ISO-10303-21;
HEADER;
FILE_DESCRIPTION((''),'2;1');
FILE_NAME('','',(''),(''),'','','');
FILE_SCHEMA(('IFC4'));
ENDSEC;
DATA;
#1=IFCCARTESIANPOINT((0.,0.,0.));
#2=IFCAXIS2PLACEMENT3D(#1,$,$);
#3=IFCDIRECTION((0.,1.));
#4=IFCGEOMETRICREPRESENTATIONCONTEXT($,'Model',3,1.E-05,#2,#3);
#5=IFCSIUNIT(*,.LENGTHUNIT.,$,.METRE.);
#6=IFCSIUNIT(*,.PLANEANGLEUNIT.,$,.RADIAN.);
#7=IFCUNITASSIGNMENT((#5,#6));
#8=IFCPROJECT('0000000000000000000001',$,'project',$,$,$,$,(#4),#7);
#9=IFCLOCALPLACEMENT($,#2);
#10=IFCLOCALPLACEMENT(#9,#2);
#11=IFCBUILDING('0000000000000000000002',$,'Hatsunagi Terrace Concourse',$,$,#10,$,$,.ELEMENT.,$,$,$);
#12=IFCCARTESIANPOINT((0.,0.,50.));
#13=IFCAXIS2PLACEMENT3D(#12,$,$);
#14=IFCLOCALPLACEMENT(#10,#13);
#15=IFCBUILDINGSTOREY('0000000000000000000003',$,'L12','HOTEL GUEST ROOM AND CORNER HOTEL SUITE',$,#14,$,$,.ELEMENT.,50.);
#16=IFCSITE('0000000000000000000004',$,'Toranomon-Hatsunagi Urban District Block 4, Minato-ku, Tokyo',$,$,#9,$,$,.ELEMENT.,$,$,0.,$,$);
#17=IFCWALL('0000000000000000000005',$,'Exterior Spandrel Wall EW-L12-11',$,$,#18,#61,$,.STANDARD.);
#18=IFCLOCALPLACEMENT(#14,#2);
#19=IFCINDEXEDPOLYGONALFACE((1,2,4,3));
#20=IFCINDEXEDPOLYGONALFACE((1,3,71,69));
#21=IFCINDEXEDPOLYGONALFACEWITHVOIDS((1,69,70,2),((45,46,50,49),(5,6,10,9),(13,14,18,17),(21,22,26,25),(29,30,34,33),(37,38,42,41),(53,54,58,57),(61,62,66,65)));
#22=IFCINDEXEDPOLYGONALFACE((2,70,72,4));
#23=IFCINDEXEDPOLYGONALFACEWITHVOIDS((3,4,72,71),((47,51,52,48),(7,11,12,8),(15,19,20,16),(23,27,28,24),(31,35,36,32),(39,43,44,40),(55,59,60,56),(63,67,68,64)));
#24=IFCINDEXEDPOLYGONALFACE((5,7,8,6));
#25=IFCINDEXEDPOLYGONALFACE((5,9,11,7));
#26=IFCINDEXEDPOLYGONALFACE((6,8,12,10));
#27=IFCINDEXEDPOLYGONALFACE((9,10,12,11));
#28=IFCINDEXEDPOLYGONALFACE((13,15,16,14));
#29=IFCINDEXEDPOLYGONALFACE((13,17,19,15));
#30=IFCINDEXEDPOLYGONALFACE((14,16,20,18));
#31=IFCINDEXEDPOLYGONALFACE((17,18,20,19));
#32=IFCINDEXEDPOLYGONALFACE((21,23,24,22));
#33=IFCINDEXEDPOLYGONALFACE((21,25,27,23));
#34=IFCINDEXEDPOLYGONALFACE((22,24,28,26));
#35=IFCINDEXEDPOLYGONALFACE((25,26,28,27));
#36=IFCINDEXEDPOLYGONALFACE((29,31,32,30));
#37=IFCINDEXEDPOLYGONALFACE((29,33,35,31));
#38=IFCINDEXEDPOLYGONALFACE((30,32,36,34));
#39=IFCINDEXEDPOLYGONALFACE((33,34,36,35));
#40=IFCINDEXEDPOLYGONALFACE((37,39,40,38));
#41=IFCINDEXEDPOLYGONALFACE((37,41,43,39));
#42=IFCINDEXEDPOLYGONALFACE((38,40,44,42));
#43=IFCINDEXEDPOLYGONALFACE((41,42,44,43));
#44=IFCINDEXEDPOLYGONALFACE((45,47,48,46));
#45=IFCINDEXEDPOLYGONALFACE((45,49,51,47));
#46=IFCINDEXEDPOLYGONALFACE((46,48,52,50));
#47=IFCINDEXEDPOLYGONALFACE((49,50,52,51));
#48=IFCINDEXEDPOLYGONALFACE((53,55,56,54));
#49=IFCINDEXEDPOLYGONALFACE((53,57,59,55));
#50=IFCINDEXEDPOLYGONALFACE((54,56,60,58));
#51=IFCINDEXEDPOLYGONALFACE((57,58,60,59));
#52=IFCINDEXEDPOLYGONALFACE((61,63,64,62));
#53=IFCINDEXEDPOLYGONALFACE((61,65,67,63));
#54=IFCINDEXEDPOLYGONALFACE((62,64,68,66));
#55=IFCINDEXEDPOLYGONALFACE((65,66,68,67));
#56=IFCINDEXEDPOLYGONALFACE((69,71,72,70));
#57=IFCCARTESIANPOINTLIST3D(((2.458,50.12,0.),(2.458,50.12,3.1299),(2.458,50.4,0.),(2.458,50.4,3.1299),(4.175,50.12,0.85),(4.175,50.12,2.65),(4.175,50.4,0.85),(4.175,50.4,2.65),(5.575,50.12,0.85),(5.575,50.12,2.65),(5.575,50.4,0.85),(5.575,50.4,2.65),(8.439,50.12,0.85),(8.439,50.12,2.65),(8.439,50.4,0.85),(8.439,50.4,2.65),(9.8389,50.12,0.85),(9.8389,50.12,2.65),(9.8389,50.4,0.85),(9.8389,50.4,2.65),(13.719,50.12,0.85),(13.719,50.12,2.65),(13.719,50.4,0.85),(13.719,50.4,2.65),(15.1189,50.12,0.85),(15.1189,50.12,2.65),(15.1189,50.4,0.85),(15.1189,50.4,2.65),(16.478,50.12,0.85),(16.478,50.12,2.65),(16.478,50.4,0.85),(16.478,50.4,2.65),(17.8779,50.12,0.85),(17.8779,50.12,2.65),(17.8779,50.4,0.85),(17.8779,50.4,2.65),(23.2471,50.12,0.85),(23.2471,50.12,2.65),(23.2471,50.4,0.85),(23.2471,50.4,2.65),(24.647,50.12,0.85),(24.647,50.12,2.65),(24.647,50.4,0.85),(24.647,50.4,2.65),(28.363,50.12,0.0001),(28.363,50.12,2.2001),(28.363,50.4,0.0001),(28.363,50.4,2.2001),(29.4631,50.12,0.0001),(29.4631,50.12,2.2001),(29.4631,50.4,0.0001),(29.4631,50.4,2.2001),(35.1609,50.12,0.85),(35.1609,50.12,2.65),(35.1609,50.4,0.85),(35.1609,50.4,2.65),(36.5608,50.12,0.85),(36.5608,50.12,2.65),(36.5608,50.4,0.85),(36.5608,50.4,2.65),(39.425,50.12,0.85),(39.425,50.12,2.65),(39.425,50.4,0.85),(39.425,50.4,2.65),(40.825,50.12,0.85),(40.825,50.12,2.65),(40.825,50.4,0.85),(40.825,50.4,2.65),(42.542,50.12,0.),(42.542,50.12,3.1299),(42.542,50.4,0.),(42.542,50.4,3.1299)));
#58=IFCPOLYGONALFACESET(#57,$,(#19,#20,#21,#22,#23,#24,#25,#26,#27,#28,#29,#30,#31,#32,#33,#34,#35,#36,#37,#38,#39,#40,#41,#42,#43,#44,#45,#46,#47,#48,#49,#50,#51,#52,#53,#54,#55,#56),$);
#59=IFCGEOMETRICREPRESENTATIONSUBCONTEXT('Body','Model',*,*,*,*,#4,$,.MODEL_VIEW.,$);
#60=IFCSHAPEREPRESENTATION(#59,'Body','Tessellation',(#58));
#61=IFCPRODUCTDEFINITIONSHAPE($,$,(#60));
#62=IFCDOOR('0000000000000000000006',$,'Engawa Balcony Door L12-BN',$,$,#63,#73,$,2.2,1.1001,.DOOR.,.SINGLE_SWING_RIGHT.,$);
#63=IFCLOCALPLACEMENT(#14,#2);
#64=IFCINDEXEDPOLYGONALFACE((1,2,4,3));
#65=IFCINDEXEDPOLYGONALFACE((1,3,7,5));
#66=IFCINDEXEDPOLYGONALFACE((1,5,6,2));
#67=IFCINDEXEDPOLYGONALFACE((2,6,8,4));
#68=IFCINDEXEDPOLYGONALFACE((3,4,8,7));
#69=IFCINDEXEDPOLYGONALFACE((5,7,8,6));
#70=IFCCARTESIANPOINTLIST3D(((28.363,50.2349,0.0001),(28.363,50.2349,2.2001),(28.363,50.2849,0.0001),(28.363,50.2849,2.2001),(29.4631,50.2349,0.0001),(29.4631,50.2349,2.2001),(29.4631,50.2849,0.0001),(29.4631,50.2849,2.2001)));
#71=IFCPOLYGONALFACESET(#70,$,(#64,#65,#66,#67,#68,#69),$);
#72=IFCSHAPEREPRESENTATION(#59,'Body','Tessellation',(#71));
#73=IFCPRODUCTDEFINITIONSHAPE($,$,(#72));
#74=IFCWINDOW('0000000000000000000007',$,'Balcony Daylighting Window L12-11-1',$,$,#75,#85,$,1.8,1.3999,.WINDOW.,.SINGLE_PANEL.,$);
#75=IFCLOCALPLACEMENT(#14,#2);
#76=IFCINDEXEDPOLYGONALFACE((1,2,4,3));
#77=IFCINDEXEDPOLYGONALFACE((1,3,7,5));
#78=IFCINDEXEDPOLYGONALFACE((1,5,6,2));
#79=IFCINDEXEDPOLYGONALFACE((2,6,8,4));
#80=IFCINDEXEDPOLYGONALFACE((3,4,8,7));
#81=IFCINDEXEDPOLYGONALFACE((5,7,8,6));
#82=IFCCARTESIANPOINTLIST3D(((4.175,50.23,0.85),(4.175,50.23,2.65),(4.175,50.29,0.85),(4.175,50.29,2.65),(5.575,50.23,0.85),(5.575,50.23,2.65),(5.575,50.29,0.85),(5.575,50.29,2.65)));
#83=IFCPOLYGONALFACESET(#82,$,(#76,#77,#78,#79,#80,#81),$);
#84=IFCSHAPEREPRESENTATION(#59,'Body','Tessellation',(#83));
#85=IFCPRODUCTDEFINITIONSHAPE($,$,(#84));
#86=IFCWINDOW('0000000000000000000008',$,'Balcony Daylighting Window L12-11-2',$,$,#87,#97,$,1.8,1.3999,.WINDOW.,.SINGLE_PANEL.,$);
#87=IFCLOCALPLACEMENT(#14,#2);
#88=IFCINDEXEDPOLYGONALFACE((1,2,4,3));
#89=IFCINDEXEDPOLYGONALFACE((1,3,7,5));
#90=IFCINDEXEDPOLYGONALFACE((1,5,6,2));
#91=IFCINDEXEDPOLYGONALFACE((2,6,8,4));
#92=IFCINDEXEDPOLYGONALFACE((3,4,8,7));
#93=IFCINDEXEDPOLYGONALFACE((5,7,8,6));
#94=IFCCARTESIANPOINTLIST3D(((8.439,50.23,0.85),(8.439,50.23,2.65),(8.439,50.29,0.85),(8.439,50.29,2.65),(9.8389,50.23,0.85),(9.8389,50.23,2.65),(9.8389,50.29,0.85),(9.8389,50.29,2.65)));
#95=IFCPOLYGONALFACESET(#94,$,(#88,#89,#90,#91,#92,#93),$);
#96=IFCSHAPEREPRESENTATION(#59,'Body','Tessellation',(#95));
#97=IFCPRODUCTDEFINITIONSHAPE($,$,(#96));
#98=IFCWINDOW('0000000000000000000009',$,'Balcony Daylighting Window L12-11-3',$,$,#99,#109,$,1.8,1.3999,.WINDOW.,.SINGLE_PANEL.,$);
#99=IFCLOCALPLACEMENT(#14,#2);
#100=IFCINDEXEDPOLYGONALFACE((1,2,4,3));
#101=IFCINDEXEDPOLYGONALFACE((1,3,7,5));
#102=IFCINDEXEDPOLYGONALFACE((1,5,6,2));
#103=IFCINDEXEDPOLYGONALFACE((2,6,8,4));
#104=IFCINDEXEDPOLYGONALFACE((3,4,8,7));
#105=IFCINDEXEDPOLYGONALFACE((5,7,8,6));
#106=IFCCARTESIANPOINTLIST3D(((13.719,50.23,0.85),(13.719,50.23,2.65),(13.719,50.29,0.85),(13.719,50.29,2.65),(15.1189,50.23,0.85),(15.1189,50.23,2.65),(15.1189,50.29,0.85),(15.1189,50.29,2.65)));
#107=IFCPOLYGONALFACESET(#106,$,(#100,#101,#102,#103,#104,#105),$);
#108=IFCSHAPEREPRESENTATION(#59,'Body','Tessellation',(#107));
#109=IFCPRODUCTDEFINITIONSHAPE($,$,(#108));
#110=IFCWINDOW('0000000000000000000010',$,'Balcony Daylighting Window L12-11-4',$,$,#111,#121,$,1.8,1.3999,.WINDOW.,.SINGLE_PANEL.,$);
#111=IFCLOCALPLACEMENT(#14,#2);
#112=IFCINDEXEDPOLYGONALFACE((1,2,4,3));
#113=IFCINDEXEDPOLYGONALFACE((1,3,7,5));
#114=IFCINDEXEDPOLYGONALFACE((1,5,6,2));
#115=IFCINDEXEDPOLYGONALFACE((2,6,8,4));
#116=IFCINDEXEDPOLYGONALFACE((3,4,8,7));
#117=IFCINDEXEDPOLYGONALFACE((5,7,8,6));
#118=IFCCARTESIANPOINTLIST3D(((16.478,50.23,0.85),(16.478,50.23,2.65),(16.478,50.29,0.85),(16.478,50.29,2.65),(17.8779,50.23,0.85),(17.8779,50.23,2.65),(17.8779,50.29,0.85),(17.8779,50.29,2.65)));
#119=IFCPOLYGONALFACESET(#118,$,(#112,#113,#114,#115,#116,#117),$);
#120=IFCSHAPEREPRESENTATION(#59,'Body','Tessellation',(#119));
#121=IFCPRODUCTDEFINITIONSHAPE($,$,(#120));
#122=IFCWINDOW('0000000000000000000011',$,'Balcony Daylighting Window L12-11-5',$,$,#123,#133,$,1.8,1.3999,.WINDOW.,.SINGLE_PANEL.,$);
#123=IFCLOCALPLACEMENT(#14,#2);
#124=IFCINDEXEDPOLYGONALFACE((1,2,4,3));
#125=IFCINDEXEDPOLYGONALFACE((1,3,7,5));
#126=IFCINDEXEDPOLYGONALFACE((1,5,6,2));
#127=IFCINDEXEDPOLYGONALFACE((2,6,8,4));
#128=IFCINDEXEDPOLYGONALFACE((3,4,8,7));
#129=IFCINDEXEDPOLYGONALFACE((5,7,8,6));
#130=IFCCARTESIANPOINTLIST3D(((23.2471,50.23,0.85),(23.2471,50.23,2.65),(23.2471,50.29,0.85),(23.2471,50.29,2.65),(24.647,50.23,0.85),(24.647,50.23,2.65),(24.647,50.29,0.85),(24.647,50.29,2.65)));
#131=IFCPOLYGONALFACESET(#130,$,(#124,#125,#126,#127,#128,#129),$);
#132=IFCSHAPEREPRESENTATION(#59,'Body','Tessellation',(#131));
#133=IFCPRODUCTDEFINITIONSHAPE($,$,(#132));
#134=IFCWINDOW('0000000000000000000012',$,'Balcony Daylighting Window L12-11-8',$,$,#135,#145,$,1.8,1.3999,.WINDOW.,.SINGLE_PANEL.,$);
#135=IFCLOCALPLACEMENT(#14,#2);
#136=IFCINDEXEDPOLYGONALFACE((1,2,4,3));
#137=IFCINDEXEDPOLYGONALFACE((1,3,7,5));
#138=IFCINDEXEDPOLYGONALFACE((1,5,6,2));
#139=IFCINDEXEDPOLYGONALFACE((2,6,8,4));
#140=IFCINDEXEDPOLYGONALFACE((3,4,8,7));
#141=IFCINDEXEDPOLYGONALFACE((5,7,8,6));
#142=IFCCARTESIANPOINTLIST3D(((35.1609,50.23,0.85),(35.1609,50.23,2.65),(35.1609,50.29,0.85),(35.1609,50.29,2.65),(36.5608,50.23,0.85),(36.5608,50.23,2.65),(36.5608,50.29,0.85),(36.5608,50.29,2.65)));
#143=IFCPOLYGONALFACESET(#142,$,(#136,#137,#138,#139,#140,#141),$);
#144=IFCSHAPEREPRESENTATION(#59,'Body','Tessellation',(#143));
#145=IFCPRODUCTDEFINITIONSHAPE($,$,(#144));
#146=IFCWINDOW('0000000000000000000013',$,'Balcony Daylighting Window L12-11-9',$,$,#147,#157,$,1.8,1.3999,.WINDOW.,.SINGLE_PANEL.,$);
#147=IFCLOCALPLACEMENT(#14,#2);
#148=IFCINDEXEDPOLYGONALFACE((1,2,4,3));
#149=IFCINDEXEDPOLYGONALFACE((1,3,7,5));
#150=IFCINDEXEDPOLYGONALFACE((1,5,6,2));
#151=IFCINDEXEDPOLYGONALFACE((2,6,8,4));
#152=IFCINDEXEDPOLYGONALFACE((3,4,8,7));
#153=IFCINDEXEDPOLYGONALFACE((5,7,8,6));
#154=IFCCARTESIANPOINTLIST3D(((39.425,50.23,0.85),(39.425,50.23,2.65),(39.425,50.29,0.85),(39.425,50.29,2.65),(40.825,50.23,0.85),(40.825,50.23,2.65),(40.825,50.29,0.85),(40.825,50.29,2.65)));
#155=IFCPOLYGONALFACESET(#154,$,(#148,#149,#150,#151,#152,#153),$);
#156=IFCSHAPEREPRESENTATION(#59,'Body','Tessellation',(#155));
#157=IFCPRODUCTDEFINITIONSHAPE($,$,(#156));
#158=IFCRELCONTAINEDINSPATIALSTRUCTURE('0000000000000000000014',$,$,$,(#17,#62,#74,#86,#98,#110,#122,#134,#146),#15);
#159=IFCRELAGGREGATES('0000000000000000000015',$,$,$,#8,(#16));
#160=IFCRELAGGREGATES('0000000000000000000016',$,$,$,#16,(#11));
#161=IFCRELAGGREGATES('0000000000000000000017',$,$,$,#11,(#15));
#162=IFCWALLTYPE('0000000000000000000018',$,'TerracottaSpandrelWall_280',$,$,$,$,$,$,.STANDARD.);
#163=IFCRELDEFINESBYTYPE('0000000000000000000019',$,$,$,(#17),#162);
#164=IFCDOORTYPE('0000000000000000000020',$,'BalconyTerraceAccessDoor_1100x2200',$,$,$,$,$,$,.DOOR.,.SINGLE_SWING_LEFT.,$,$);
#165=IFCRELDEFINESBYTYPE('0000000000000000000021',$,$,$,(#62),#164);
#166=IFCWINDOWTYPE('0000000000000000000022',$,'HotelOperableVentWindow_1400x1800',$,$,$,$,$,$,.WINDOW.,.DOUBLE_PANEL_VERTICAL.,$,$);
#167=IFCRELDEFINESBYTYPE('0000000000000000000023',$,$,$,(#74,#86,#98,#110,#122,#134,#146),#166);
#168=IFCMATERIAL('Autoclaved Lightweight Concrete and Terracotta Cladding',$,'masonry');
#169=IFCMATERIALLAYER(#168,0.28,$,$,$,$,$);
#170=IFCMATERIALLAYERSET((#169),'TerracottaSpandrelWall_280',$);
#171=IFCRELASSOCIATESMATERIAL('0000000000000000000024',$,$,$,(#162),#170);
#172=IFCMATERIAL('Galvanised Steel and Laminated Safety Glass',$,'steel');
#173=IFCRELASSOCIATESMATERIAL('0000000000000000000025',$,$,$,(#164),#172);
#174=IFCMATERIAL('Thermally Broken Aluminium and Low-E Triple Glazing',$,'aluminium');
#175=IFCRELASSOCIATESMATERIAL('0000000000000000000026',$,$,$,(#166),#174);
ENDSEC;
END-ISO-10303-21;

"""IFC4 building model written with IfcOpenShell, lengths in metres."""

from ifc_helpers import new_model, si_unit, direction, frame, frame_2d, origin, place, context, subcontext, project, spatial, rectangle, extrude, material, layer, layer_set, type_object, element, fill, save


model = new_model("IFC4")

# Units and contexts
model_context = context("Model", 3, precision=1e-05, world=origin(), true_north=direction((0.0, 1.0)))
body_context = subcontext(model_context, "Body", "Model", "MODEL_VIEW")
ifc_project = project(units=[si_unit("LENGTHUNIT", "METRE"), si_unit("PLANEANGLEUNIT", "RADIAN")], contexts=[model_context])

# Site, building, storey
site_placement = place(None, origin())
site = spatial("IfcSite", under=ifc_project, at=site_placement, Name="Toranomon-Hatsunagi Urban District Block 4, Minato-ku, Tokyo", CompositionType="ELEMENT", RefElevation=0.0)
building_placement = place(site_placement, origin())
building = spatial("IfcBuilding", under=site, at=building_placement, Name="Hatsunagi Terrace Concourse", CompositionType="ELEMENT")
storey_placement = place(building_placement, frame((0.0, 0.0, 50.0)))
storey = spatial("IfcBuildingStorey", under=building, at=storey_placement, Name="L12", Description="HOTEL GUEST ROOM AND CORNER HOTEL SUITE", CompositionType="ELEMENT", Elevation=50.0)

# Shared definitions
ifc_material_1 = material(Name="Autoclaved Lightweight Concrete and Terracotta Cladding", Category="masonry")
ifc_layer_1 = layer(ifc_material_1, 0.28)
ifc_layer_set_1 = layer_set([ifc_layer_1], Name="TerracottaSpandrelWall_280")
wall_type = type_object("IfcWallType", Name="TerracottaSpandrelWall_280", PredefinedType="STANDARD", material=ifc_layer_set_1)

# Wall, openings, door, windows
wall_1_placement = place(storey_placement, frame((2.458, 50.26, 0.0), z_axis=(0.0, 0.0, 1.0), x_axis=(1.0, 0.0, 0.0)))
wall_1 = element("IfcWall", 1, at=wall_1_placement, inside=storey, type_object=wall_type, Name="Exterior Spandrel Wall EW-L12-11", PredefinedType="STANDARD", context=body_context, shape_type="SweptSolid", body=[
    extrude(rectangle(XDim=40.084, YDim=0.28, at=frame_2d((20.042, 0.0))), origin(), (0.0, 0.0, 1.0), 3.1299),
])
opening_1_placement = place(wall_1_placement, frame((25.905, 0.0, 0.0)))
opening_1 = element("IfcOpeningElement", 2, at=opening_1_placement, cuts=wall_1, PredefinedType="OPENING", context=body_context, shape_type="SweptSolid", body=[
    extrude(rectangle(XDim=1.1001, YDim=2.2, at=frame_2d((0.55, 1.1001))), frame((0.0, 0.1499, 0.0), z_axis=(0.0, -1.0, 0.0), x_axis=(1.0, 0.0, 0.0)), (0.0, 0.0, 1.0), 0.3),
])
opening_2_placement = place(wall_1_placement, frame((1.717, 0.0, 0.8501)))
opening_2 = element("IfcOpeningElement", 3, at=opening_2_placement, cuts=wall_1, PredefinedType="OPENING", context=body_context, shape_type="SweptSolid", body=[
    extrude(rectangle(XDim=1.3999, YDim=1.8, at=frame_2d((0.7, 0.8999))), frame((0.0, 0.1499, 0.0), z_axis=(0.0, -1.0, 0.0), x_axis=(1.0, 0.0, 0.0)), (0.0, 0.0, 1.0), 0.3),
])
opening_3_placement = place(wall_1_placement, frame((5.981, 0.0, 0.8501)))
opening_3 = element("IfcOpeningElement", 4, at=opening_3_placement, cuts=wall_1, PredefinedType="OPENING", context=body_context, shape_type="SweptSolid", body=[
    extrude(rectangle(XDim=1.3999, YDim=1.8, at=frame_2d((0.7, 0.8999))), frame((0.0, 0.1499, 0.0), z_axis=(0.0, -1.0, 0.0), x_axis=(1.0, 0.0, 0.0)), (0.0, 0.0, 1.0), 0.3),
])
opening_4_placement = place(wall_1_placement, frame((11.261, 0.0, 0.8501)))
opening_4 = element("IfcOpeningElement", 5, at=opening_4_placement, cuts=wall_1, PredefinedType="OPENING", context=body_context, shape_type="SweptSolid", body=[
    extrude(rectangle(XDim=1.3999, YDim=1.8, at=frame_2d((0.7, 0.8999))), frame((0.0, 0.1499, 0.0), z_axis=(0.0, -1.0, 0.0), x_axis=(1.0, 0.0, 0.0)), (0.0, 0.0, 1.0), 0.3),
])
opening_5_placement = place(wall_1_placement, frame((14.02, 0.0, 0.8501)))
opening_5 = element("IfcOpeningElement", 6, at=opening_5_placement, cuts=wall_1, PredefinedType="OPENING", context=body_context, shape_type="SweptSolid", body=[
    extrude(rectangle(XDim=1.3999, YDim=1.8, at=frame_2d((0.7, 0.8999))), frame((0.0, 0.1499, 0.0), z_axis=(0.0, -1.0, 0.0), x_axis=(1.0, 0.0, 0.0)), (0.0, 0.0, 1.0), 0.3),
])
opening_6_placement = place(wall_1_placement, frame((20.7891, 0.0, 0.8501)))
opening_6 = element("IfcOpeningElement", 7, at=opening_6_placement, cuts=wall_1, PredefinedType="OPENING", context=body_context, shape_type="SweptSolid", body=[
    extrude(rectangle(XDim=1.3999, YDim=1.8, at=frame_2d((0.7, 0.8999))), frame((0.0, 0.1499, 0.0), z_axis=(0.0, -1.0, 0.0), x_axis=(1.0, 0.0, 0.0)), (0.0, 0.0, 1.0), 0.3),
])
opening_7_placement = place(wall_1_placement, frame((32.7029, 0.0, 0.8501)))
opening_7 = element("IfcOpeningElement", 8, at=opening_7_placement, cuts=wall_1, PredefinedType="OPENING", context=body_context, shape_type="SweptSolid", body=[
    extrude(rectangle(XDim=1.3999, YDim=1.8, at=frame_2d((0.7, 0.8999))), frame((0.0, 0.1499, 0.0), z_axis=(0.0, -1.0, 0.0), x_axis=(1.0, 0.0, 0.0)), (0.0, 0.0, 1.0), 0.3),
])
opening_8_placement = place(wall_1_placement, frame((36.967, 0.0, 0.8501)))
opening_8 = element("IfcOpeningElement", 9, at=opening_8_placement, cuts=wall_1, PredefinedType="OPENING", context=body_context, shape_type="SweptSolid", body=[
    extrude(rectangle(XDim=1.3999, YDim=1.8, at=frame_2d((0.7, 0.8999))), frame((0.0, 0.1499, 0.0), z_axis=(0.0, -1.0, 0.0), x_axis=(1.0, 0.0, 0.0)), (0.0, 0.0, 1.0), 0.3),
])
ifc_material_2 = material(Name="Galvanised Steel and Laminated Safety Glass", Category="steel")
door_type = type_object("IfcDoorType", Name="BalconyTerraceAccessDoor_1100x2200", OperationType="SINGLE_SWING_LEFT", PredefinedType="DOOR", material=ifc_material_2)
door_placement = place(opening_1_placement, origin())
door = element("IfcDoor", 10, at=door_placement, inside=storey, type_object=door_type, Name="Engawa Balcony Door L12-BN", OperationType="SINGLE_SWING_RIGHT", OverallHeight=2.2, OverallWidth=1.1001, PredefinedType="DOOR", context=body_context, shape_type="SweptSolid", body=[
    extrude(rectangle(XDim=1.1001, YDim=2.2, at=frame_2d((0.55, 1.1001))), frame((0.0, 0.0249, 0.0), z_axis=(0.0, -1.0, 0.0), x_axis=(1.0, 0.0, 0.0)), (0.0, 0.0, 1.0), 0.05),
])
fill(opening_1, door)
ifc_material_3 = material(Name="Thermally Broken Aluminium and Low-E Triple Glazing", Category="aluminium")
window_type = type_object("IfcWindowType", Name="HotelOperableVentWindow_1400x1800", PartitioningType="DOUBLE_PANEL_VERTICAL", PredefinedType="WINDOW", material=ifc_material_3)
window_1_placement = place(opening_2_placement, origin())
window_1 = element("IfcWindow", 11, at=window_1_placement, inside=storey, type_object=window_type, Name="Balcony Daylighting Window L12-11-1", OverallHeight=1.8, OverallWidth=1.3999, PartitioningType="SINGLE_PANEL", PredefinedType="WINDOW", context=body_context, shape_type="SweptSolid", body=[
    extrude(rectangle(XDim=1.3999, YDim=1.8, at=frame_2d((0.7, 0.8999))), frame((0.0, 0.03, 0.0), z_axis=(0.0, -1.0, 0.0), x_axis=(1.0, 0.0, 0.0)), (0.0, 0.0, 1.0), 0.0601),
])
fill(opening_2, window_1)
window_2_placement = place(opening_3_placement, origin())
window_2 = element("IfcWindow", 12, at=window_2_placement, inside=storey, type_object=window_type, Name="Balcony Daylighting Window L12-11-2", OverallHeight=1.8, OverallWidth=1.3999, PartitioningType="SINGLE_PANEL", PredefinedType="WINDOW", context=body_context, shape_type="SweptSolid", body=[
    extrude(rectangle(XDim=1.3999, YDim=1.8, at=frame_2d((0.7, 0.8999))), frame((0.0, 0.03, 0.0), z_axis=(0.0, -1.0, 0.0), x_axis=(1.0, 0.0, 0.0)), (0.0, 0.0, 1.0), 0.0601),
])
fill(opening_3, window_2)
window_3_placement = place(opening_4_placement, origin())
window_3 = element("IfcWindow", 13, at=window_3_placement, inside=storey, type_object=window_type, Name="Balcony Daylighting Window L12-11-3", OverallHeight=1.8, OverallWidth=1.3999, PartitioningType="SINGLE_PANEL", PredefinedType="WINDOW", context=body_context, shape_type="SweptSolid", body=[
    extrude(rectangle(XDim=1.3999, YDim=1.8, at=frame_2d((0.7, 0.8999))), frame((0.0, 0.03, 0.0), z_axis=(0.0, -1.0, 0.0), x_axis=(1.0, 0.0, 0.0)), (0.0, 0.0, 1.0), 0.0601),
])
fill(opening_4, window_3)
window_4_placement = place(opening_5_placement, origin())
window_4 = element("IfcWindow", 14, at=window_4_placement, inside=storey, type_object=window_type, Name="Balcony Daylighting Window L12-11-4", OverallHeight=1.8, OverallWidth=1.3999, PartitioningType="SINGLE_PANEL", PredefinedType="WINDOW", context=body_context, shape_type="SweptSolid", body=[
    extrude(rectangle(XDim=1.3999, YDim=1.8, at=frame_2d((0.7, 0.8999))), frame((0.0, 0.03, 0.0), z_axis=(0.0, -1.0, 0.0), x_axis=(1.0, 0.0, 0.0)), (0.0, 0.0, 1.0), 0.0601),
])
fill(opening_5, window_4)
window_5_placement = place(opening_6_placement, origin())
window_5 = element("IfcWindow", 15, at=window_5_placement, inside=storey, type_object=window_type, Name="Balcony Daylighting Window L12-11-5", OverallHeight=1.8, OverallWidth=1.3999, PartitioningType="SINGLE_PANEL", PredefinedType="WINDOW", context=body_context, shape_type="SweptSolid", body=[
    extrude(rectangle(XDim=1.3999, YDim=1.8, at=frame_2d((0.7, 0.8999))), frame((0.0, 0.03, 0.0), z_axis=(0.0, -1.0, 0.0), x_axis=(1.0, 0.0, 0.0)), (0.0, 0.0, 1.0), 0.0601),
])
fill(opening_6, window_5)
window_6_placement = place(opening_7_placement, origin())
window_6 = element("IfcWindow", 16, at=window_6_placement, inside=storey, type_object=window_type, Name="Balcony Daylighting Window L12-11-8", OverallHeight=1.8, OverallWidth=1.3999, PartitioningType="SINGLE_PANEL", PredefinedType="WINDOW", context=body_context, shape_type="SweptSolid", body=[
    extrude(rectangle(XDim=1.3999, YDim=1.8, at=frame_2d((0.7, 0.8999))), frame((0.0, 0.03, 0.0), z_axis=(0.0, -1.0, 0.0), x_axis=(1.0, 0.0, 0.0)), (0.0, 0.0, 1.0), 0.0601),
])
fill(opening_7, window_6)
window_7_placement = place(opening_8_placement, origin())
window_7 = element("IfcWindow", 17, at=window_7_placement, inside=storey, type_object=window_type, Name="Balcony Daylighting Window L12-11-9", OverallHeight=1.8, OverallWidth=1.3999, PartitioningType="SINGLE_PANEL", PredefinedType="WINDOW", context=body_context, shape_type="SweptSolid", body=[
    extrude(rectangle(XDim=1.3999, YDim=1.8, at=frame_2d((0.7, 0.8999))), frame((0.0, 0.03, 0.0), z_axis=(0.0, -1.0, 0.0), x_axis=(1.0, 0.0, 0.0)), (0.0, 0.0, 1.0), 0.0601),
])
fill(opening_8, window_7)

save(model, "model.ifc")
